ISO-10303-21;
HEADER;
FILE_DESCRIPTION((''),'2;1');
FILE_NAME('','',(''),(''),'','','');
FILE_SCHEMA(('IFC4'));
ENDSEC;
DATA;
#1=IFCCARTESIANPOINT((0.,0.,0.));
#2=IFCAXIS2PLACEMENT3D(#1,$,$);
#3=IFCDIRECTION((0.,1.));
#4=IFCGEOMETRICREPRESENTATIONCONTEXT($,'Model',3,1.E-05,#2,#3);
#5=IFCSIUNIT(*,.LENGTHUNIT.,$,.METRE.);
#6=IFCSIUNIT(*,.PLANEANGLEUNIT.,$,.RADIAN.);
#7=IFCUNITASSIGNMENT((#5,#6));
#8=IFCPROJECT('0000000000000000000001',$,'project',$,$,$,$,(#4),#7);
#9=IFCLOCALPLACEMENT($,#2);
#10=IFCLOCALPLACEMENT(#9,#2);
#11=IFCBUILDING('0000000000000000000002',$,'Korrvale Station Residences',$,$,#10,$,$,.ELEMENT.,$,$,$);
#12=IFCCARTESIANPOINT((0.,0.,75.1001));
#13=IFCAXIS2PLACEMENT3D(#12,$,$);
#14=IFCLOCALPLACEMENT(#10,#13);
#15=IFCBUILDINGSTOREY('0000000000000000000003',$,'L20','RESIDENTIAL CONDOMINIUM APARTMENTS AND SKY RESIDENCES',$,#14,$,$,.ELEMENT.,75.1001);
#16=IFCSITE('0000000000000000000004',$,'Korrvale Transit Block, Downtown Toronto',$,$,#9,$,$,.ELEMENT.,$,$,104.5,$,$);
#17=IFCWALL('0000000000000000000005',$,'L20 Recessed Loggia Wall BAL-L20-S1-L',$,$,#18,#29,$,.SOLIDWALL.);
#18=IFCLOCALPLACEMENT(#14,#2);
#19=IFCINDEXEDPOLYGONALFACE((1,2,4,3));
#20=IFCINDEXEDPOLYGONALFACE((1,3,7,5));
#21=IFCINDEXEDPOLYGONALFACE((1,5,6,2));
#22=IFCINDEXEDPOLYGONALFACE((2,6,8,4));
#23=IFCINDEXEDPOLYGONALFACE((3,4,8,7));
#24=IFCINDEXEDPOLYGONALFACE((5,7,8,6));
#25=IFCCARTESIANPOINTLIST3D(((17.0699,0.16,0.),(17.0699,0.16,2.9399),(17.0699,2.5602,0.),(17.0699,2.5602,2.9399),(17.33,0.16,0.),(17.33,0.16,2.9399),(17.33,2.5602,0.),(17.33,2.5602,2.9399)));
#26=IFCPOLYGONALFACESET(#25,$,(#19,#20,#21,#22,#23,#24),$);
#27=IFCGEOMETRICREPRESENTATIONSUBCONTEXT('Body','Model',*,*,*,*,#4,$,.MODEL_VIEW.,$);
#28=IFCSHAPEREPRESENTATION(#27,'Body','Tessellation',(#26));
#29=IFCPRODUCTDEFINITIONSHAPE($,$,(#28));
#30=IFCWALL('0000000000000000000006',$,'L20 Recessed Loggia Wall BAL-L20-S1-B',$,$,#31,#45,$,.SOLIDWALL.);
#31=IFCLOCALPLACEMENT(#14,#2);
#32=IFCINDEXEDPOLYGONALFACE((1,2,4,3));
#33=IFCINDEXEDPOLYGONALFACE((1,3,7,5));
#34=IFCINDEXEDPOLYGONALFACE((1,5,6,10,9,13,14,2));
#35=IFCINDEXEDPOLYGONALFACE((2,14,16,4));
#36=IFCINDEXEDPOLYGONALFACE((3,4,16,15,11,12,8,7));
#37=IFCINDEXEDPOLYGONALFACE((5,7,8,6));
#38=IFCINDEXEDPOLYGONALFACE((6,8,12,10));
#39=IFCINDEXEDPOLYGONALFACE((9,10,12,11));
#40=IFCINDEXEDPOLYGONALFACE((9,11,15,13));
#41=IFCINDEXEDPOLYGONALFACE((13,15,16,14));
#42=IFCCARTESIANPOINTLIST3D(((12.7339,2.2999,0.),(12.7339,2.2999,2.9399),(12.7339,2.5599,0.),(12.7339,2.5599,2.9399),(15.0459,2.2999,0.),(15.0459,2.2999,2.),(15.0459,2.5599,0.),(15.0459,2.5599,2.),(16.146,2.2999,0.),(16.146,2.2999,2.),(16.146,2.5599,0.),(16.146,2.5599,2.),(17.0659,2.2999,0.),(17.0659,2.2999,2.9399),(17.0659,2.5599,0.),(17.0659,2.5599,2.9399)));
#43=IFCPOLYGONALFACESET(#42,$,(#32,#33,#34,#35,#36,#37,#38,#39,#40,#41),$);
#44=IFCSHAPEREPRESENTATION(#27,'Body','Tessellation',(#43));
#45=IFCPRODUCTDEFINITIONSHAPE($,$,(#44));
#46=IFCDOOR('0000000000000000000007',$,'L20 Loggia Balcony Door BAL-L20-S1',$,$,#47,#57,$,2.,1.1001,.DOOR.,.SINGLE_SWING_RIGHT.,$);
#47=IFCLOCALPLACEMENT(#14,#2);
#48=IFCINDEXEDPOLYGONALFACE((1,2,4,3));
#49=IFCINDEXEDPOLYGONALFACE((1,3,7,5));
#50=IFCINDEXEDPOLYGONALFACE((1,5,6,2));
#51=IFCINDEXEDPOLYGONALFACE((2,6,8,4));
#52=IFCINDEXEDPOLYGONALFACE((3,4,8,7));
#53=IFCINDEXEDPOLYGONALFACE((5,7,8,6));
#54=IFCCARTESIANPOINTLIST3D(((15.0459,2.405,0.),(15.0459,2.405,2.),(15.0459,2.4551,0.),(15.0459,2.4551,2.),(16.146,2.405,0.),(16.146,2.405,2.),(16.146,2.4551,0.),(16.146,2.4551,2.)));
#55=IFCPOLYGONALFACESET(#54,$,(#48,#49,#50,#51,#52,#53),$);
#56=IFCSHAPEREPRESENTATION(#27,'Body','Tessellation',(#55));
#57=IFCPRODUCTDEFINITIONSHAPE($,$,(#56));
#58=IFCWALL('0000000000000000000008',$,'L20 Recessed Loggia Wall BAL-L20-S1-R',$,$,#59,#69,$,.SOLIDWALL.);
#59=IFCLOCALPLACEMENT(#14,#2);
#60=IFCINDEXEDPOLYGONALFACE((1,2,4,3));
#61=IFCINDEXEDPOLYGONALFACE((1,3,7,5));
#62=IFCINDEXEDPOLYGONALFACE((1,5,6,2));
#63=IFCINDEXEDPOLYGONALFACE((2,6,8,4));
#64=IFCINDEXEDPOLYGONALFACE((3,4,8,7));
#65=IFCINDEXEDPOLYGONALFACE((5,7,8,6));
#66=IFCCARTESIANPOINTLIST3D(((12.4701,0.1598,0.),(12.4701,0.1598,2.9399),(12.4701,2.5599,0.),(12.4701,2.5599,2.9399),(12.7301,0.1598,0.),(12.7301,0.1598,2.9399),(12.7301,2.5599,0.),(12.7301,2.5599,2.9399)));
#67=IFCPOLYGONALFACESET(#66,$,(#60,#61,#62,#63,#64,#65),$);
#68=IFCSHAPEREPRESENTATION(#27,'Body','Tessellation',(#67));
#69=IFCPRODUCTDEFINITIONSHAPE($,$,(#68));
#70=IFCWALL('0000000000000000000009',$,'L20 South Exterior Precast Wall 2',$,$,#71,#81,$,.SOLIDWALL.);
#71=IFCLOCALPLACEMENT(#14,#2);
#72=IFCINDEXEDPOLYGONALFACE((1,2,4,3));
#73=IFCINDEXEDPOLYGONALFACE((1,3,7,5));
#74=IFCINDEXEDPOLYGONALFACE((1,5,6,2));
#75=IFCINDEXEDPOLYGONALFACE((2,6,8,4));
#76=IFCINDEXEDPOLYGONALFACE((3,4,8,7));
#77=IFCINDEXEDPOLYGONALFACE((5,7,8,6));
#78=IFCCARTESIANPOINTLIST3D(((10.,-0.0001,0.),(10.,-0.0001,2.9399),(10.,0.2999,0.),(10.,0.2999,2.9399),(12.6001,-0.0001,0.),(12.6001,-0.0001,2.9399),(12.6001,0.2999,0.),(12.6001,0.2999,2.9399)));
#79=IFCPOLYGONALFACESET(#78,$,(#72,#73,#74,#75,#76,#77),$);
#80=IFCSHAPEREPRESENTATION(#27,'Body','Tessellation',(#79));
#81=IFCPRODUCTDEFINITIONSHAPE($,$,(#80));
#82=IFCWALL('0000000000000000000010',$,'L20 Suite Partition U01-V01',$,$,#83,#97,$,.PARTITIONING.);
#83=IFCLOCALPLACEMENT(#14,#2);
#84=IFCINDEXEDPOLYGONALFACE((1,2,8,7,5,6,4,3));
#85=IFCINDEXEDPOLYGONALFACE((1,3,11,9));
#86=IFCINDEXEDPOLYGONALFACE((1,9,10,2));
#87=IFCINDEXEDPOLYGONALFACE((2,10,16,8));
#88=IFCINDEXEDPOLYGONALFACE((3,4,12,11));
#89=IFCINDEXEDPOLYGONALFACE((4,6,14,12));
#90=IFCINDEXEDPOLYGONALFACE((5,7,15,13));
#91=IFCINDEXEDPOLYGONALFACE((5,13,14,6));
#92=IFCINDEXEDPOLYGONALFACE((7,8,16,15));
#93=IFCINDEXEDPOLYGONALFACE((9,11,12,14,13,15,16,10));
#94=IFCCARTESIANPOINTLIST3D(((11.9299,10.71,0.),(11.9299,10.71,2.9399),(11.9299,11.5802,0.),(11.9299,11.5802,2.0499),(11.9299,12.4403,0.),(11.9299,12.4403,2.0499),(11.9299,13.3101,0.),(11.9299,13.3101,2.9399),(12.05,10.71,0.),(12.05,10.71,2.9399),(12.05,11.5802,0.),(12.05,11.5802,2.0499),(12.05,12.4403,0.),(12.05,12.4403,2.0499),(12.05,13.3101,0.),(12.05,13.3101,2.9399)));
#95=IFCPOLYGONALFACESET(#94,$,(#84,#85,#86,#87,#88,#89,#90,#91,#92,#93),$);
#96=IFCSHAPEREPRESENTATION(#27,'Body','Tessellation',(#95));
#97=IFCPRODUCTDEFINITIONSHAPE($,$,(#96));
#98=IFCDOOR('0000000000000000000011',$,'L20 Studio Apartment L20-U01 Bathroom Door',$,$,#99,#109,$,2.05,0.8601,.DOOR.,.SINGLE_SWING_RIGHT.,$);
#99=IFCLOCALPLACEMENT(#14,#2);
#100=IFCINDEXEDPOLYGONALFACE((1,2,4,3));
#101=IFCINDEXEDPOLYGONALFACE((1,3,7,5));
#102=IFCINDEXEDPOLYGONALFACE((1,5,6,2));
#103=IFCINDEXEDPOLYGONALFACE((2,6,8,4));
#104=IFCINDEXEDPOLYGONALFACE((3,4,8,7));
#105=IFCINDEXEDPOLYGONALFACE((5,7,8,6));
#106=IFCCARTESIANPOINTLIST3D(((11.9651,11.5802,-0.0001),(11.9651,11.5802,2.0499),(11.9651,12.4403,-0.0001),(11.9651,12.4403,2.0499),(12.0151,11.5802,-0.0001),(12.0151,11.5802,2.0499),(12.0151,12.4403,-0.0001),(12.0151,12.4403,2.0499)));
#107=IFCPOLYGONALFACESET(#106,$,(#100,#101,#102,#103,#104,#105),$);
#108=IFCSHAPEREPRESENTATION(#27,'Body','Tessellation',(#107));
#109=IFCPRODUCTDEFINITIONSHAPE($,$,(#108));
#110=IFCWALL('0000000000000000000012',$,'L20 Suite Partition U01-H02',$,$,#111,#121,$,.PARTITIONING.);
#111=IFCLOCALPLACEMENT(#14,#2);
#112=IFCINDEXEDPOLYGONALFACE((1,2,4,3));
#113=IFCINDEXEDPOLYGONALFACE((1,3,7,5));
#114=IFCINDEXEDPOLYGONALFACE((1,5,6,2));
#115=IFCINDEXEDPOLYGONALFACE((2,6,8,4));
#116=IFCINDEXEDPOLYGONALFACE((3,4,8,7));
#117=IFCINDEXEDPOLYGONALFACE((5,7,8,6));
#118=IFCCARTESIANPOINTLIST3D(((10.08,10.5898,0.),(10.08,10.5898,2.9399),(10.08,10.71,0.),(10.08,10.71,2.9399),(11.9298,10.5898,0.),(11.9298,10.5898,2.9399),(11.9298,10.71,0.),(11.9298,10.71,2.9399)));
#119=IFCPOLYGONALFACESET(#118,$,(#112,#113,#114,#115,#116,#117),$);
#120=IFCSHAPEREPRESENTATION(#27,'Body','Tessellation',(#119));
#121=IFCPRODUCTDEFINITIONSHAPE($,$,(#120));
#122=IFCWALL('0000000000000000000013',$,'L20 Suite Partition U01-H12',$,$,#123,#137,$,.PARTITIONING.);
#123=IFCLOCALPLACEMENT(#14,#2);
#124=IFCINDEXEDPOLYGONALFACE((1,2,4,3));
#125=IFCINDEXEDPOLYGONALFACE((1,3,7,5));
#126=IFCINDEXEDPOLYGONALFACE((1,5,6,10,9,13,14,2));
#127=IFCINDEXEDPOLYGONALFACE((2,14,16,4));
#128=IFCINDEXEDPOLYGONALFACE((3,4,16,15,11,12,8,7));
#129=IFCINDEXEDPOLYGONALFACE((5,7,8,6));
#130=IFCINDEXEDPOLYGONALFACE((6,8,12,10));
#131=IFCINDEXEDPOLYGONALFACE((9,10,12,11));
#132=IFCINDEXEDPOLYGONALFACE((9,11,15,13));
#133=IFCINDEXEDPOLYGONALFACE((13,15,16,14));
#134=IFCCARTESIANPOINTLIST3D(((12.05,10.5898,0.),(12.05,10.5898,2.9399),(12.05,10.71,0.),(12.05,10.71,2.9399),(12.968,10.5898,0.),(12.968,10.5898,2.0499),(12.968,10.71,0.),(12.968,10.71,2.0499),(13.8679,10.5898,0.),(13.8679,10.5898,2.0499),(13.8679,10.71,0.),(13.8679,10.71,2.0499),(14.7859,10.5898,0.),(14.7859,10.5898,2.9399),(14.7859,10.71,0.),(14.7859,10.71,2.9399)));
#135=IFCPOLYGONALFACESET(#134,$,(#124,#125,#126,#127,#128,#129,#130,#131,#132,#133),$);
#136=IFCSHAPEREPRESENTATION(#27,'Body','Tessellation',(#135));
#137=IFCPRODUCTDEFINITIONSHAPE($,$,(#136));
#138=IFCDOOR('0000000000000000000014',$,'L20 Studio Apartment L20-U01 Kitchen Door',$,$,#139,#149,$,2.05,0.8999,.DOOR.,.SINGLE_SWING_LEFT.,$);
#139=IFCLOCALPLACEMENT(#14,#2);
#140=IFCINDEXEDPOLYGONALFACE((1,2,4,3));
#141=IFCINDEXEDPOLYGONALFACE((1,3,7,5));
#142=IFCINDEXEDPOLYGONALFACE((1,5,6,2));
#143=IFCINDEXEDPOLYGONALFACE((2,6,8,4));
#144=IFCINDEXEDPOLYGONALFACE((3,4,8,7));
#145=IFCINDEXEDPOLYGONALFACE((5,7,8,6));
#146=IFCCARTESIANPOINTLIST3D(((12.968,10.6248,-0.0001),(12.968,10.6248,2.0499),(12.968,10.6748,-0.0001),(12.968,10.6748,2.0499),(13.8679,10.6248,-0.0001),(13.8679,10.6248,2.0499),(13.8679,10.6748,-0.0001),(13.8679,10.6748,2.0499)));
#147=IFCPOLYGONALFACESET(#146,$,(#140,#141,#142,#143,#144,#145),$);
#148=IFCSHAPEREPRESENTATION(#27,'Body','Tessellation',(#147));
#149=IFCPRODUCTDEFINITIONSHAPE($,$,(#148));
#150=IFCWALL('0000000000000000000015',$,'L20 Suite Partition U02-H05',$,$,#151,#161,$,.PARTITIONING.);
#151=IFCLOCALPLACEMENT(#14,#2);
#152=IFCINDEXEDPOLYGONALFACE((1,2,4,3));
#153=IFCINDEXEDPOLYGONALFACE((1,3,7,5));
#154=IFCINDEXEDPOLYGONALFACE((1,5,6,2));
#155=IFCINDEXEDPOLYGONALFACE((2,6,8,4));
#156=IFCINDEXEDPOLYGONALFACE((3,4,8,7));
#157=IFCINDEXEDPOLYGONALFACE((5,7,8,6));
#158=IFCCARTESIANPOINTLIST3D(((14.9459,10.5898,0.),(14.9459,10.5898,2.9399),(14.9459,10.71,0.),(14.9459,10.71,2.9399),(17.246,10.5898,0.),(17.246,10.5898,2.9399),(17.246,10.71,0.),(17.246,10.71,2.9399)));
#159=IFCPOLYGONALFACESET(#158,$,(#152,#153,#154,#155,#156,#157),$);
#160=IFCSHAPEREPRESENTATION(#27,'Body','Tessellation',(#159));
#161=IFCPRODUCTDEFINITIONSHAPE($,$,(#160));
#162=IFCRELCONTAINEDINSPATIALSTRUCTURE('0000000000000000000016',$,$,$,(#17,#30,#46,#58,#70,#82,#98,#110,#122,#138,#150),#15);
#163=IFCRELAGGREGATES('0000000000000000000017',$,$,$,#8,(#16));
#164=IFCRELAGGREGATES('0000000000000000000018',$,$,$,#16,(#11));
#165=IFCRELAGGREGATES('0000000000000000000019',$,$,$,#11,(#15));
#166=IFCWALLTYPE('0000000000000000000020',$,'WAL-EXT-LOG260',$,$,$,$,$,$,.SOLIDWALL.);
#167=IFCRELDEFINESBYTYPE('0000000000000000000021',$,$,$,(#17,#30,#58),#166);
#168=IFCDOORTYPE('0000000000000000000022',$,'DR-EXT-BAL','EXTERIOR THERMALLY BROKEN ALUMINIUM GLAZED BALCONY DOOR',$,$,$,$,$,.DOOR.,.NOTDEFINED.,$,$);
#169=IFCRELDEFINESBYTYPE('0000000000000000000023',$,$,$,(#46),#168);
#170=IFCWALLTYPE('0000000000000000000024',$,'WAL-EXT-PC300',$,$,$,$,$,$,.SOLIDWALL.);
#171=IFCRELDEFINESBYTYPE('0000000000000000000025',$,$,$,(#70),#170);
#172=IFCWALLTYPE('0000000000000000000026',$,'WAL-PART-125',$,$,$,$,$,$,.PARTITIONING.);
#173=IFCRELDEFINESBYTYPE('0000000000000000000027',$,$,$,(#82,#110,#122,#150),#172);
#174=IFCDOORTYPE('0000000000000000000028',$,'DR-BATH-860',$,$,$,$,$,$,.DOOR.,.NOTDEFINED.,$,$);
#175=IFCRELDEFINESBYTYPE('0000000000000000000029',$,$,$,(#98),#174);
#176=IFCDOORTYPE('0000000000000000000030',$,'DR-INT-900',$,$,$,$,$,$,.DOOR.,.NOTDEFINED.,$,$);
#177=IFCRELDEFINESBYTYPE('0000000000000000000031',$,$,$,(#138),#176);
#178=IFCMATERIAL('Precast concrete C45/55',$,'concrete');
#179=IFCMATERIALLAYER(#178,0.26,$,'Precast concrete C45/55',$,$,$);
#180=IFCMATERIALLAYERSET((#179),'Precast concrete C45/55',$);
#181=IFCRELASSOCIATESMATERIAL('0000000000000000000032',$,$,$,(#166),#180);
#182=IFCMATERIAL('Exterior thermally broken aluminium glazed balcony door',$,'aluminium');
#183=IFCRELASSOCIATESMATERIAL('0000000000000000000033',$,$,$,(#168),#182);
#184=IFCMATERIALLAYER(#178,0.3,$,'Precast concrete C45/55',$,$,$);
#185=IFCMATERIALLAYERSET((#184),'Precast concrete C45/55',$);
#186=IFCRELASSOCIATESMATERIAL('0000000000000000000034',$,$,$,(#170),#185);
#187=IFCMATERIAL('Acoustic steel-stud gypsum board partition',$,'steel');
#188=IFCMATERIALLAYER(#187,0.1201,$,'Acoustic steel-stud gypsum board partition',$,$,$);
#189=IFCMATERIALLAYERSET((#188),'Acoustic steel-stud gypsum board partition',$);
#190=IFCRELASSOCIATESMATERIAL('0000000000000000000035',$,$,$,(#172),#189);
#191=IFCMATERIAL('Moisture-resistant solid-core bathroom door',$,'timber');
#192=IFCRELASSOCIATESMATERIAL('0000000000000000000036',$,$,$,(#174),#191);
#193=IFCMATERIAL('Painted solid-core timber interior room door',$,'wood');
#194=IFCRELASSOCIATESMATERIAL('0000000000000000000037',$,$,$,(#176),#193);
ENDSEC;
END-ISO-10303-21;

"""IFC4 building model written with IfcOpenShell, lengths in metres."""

from ifc_helpers import new_model, si_unit, direction, frame, frame_2d, origin, place, context, subcontext, project, spatial, rectangle, extrude, material, layer, layer_set, type_object, element, fill, save


model = new_model("IFC4")

# Units and contexts
model_context = context("Model", 3, precision=1e-05, world=origin(), true_north=direction((0.0, 1.0)))
body_context = subcontext(model_context, "Body", "Model", "MODEL_VIEW")
ifc_project = project(units=[si_unit("LENGTHUNIT", "METRE"), si_unit("PLANEANGLEUNIT", "RADIAN")], contexts=[model_context])

# Site, building, storey
site_placement = place(None, origin())
site = spatial("IfcSite", under=ifc_project, at=site_placement, Name="Korrvale Transit Block, Downtown Toronto", CompositionType="ELEMENT", RefElevation=104.5)
building_placement = place(site_placement, origin())
building = spatial("IfcBuilding", under=site, at=building_placement, Name="Korrvale Station Residences", CompositionType="ELEMENT")
storey_placement = place(building_placement, frame((0.0, 0.0, 75.1001)))
storey = spatial("IfcBuildingStorey", under=building, at=storey_placement, Name="L20", Description="RESIDENTIAL CONDOMINIUM APARTMENTS AND SKY RESIDENCES", CompositionType="ELEMENT", Elevation=75.1001)

# Wall
ifc_material_1 = material(Name="Precast concrete C45/55", Category="concrete")
ifc_layer_1 = layer(ifc_material_1, 0.26, Name="Precast concrete C45/55")
ifc_layer_set_1 = layer_set([ifc_layer_1], Name="Precast concrete C45/55")
wall_type_1 = type_object("IfcWallType", Name="WAL-EXT-LOG260", PredefinedType="SOLIDWALL", material=ifc_layer_set_1)
wall_1_placement = place(storey_placement, frame((17.2, 0.1599, 0.0), z_axis=(0.0, 0.0, 1.0), x_axis=(0.0, 1.0, 0.0)))
element("IfcWall", 1, at=wall_1_placement, inside=storey, type_object=wall_type_1, Name="L20 Recessed Loggia Wall BAL-L20-S1-L", PredefinedType="SOLIDWALL", context=body_context, shape_type="SweptSolid", body=[
    extrude(rectangle(XDim=2.4001, YDim=0.26, at=frame_2d((1.2002, 0.0))), origin(), (0.0, 0.0, 1.0), 2.9399),
])

# Wall, opening, door
wall_2_placement = place(storey_placement, frame((17.0659, 2.4299, 0.0), z_axis=(0.0, 0.0, 1.0), x_axis=(-1.0, 0.0, 0.0)))
wall_2 = element("IfcWall", 2, at=wall_2_placement, inside=storey, type_object=wall_type_1, Name="L20 Recessed Loggia Wall BAL-L20-S1-B", PredefinedType="SOLIDWALL", context=body_context, shape_type="SweptSolid", body=[
    extrude(rectangle(XDim=4.332, YDim=0.26, at=frame_2d((2.166, 0.0))), origin(), (0.0, 0.0, 1.0), 2.9399),
])
opening_1_placement = place(wall_2_placement, frame((0.9199, 0.0, 0.0)))
opening_1 = element("IfcOpeningElement", 3, at=opening_1_placement, cuts=wall_2, PredefinedType="OPENING", context=body_context, shape_type="SweptSolid", body=[
    extrude(rectangle(XDim=1.1001, YDim=2.0, at=frame_2d((0.55, 1.0))), frame((0.0, 0.1401, 0.0), z_axis=(0.0, -1.0, 0.0), x_axis=(1.0, 0.0, 0.0)), (0.0, 0.0, 1.0), 0.28),
])
ifc_material_2 = material(Name="Exterior thermally broken aluminium glazed balcony door", Category="aluminium")
door_type_1 = type_object("IfcDoorType", Name="DR-EXT-BAL", Description="EXTERIOR THERMALLY BROKEN ALUMINIUM GLAZED BALCONY DOOR", OperationType="NOTDEFINED", PredefinedType="DOOR", material=ifc_material_2)
door_1_placement = place(opening_1_placement, origin())
door_1 = element("IfcDoor", 4, at=door_1_placement, inside=storey, type_object=door_type_1, Name="L20 Loggia Balcony Door BAL-L20-S1", OperationType="SINGLE_SWING_RIGHT", OverallHeight=2.0, OverallWidth=1.1001, PredefinedType="DOOR", context=body_context, shape_type="SweptSolid", body=[
    extrude(rectangle(XDim=1.1001, YDim=2.0, at=frame_2d((0.55, 1.0))), frame((0.0, 0.0249, 0.0), z_axis=(0.0, -1.0, 0.0), x_axis=(1.0, 0.0, 0.0)), (0.0, 0.0, 1.0), 0.05),
])
fill(opening_1, door_1)

# Walls
wall_3_placement = place(storey_placement, frame((12.6001, 2.5601, 0.0), z_axis=(0.0, 0.0, 1.0), x_axis=(0.0, -1.0, 0.0)))
element("IfcWall", 5, at=wall_3_placement, inside=storey, type_object=wall_type_1, Name="L20 Recessed Loggia Wall BAL-L20-S1-R", PredefinedType="SOLIDWALL", context=body_context, shape_type="SweptSolid", body=[
    extrude(rectangle(XDim=2.4001, YDim=0.26, at=frame_2d((1.2002, 0.0))), origin(), (0.0, 0.0, 1.0), 2.9399),
])
ifc_layer_2 = layer(ifc_material_1, 0.3, Name="Precast concrete C45/55")
ifc_layer_set_2 = layer_set([ifc_layer_2], Name="Precast concrete C45/55")
wall_type_2 = type_object("IfcWallType", Name="WAL-EXT-PC300", PredefinedType="SOLIDWALL", material=ifc_layer_set_2)
wall_4_placement = place(storey_placement, frame((12.6001, 0.1499, 0.0), z_axis=(0.0, 0.0, 1.0), x_axis=(-1.0, 0.0, 0.0)))
element("IfcWall", 6, at=wall_4_placement, inside=storey, type_object=wall_type_2, Name="L20 South Exterior Precast Wall 2", PredefinedType="SOLIDWALL", context=body_context, shape_type="SweptSolid", body=[
    extrude(rectangle(XDim=2.6001, YDim=0.3, at=frame_2d((1.3, 0.0))), origin(), (0.0, 0.0, 1.0), 2.9399),
])

# Wall, opening, door
ifc_material_3 = material(Name="Acoustic steel-stud gypsum board partition", Category="steel")
ifc_layer_3 = layer(ifc_material_3, 0.1201, Name="Acoustic steel-stud gypsum board partition")
ifc_layer_set_3 = layer_set([ifc_layer_3], Name="Acoustic steel-stud gypsum board partition")
wall_type_3 = type_object("IfcWallType", Name="WAL-PART-125", PredefinedType="PARTITIONING", material=ifc_layer_set_3)
wall_5_placement = place(storey_placement, frame((11.99, 10.71, 0.0), z_axis=(0.0, 0.0, 1.0), x_axis=(0.0, 1.0, 0.0)))
wall_5 = element("IfcWall", 7, at=wall_5_placement, inside=storey, type_object=wall_type_3, Name="L20 Suite Partition U01-V01", PredefinedType="PARTITIONING", context=body_context, shape_type="SweptSolid", body=[
    extrude(rectangle(XDim=2.6001, YDim=0.1201, at=frame_2d((1.3, 0.0))), origin(), (0.0, 0.0, 1.0), 2.9399),
])
opening_2_placement = place(wall_5_placement, frame((0.8701, 0.0, 0.0)))
opening_2 = element("IfcOpeningElement", 8, at=opening_2_placement, cuts=wall_5, PredefinedType="OPENING", context=body_context, shape_type="SweptSolid", body=[
    extrude(rectangle(XDim=0.8601, YDim=2.05, at=frame_2d((0.4302, 1.0249))), frame((0.0, 0.0701, 0.0), z_axis=(0.0, -1.0, 0.0), x_axis=(1.0, 0.0, 0.0)), (0.0, 0.0, 1.0), 0.1401),
])
ifc_material_4 = material(Name="Moisture-resistant solid-core bathroom door", Category="timber")
door_type_2 = type_object("IfcDoorType", Name="DR-BATH-860", OperationType="NOTDEFINED", PredefinedType="DOOR", material=ifc_material_4)
door_2_placement = place(opening_2_placement, origin())
door_2 = element("IfcDoor", 9, at=door_2_placement, inside=storey, type_object=door_type_2, Name="L20 Studio Apartment L20-U01 Bathroom Door", OperationType="SINGLE_SWING_RIGHT", OverallHeight=2.05, OverallWidth=0.8601, PredefinedType="DOOR", context=body_context, shape_type="SweptSolid", body=[
    extrude(rectangle(XDim=0.8601, YDim=2.05, at=frame_2d((0.4302, 1.0249))), frame((0.0, 0.0249, 0.0), z_axis=(0.0, -1.0, 0.0), x_axis=(1.0, 0.0, 0.0)), (0.0, 0.0, 1.0), 0.05),
])
fill(opening_2, door_2)

# Wall
wall_6_placement = place(storey_placement, frame((10.0801, 10.6499, 0.0), z_axis=(0.0, 0.0, 1.0), x_axis=(1.0, 0.0, 0.0)))
element("IfcWall", 10, at=wall_6_placement, inside=storey, type_object=wall_type_3, Name="L20 Suite Partition U01-H02", PredefinedType="PARTITIONING", context=body_context, shape_type="SweptSolid", body=[
    extrude(rectangle(XDim=1.8499, YDim=0.1201, at=frame_2d((0.9248, 0.0))), origin(), (0.0, 0.0, 1.0), 2.9399),
])

# Wall, opening, door
wall_7_placement = place(storey_placement, frame((12.05, 10.6499, 0.0), z_axis=(0.0, 0.0, 1.0), x_axis=(1.0, 0.0, 0.0)))
wall_7 = element("IfcWall", 11, at=wall_7_placement, inside=storey, type_object=wall_type_3, Name="L20 Suite Partition U01-H12", PredefinedType="PARTITIONING", context=body_context, shape_type="SweptSolid", body=[
    extrude(rectangle(XDim=2.7358, YDim=0.1201, at=frame_2d((1.3679, 0.0))), origin(), (0.0, 0.0, 1.0), 2.9399),
])
opening_3_placement = place(wall_7_placement, frame((0.918, 0.0, 0.0)))
opening_3 = element("IfcOpeningElement", 12, at=opening_3_placement, cuts=wall_7, PredefinedType="OPENING", context=body_context, shape_type="SweptSolid", body=[
    extrude(rectangle(XDim=0.8999, YDim=2.05, at=frame_2d((0.45, 1.0249))), frame((0.0, 0.0701, 0.0), z_axis=(0.0, -1.0, 0.0), x_axis=(1.0, 0.0, 0.0)), (0.0, 0.0, 1.0), 0.1401),
])
ifc_material_5 = material(Name="Painted solid-core timber interior room door", Category="wood")
door_type_3 = type_object("IfcDoorType", Name="DR-INT-900", OperationType="NOTDEFINED", PredefinedType="DOOR", material=ifc_material_5)
door_3_placement = place(opening_3_placement, origin())
door_3 = element("IfcDoor", 13, at=door_3_placement, inside=storey, type_object=door_type_3, Name="L20 Studio Apartment L20-U01 Kitchen Door", OperationType="SINGLE_SWING_LEFT", OverallHeight=2.05, OverallWidth=0.8999, PredefinedType="DOOR", context=body_context, shape_type="SweptSolid", body=[
    extrude(rectangle(XDim=0.8999, YDim=2.05, at=frame_2d((0.45, 1.0249))), frame((0.0, 0.0249, 0.0), z_axis=(0.0, -1.0, 0.0), x_axis=(1.0, 0.0, 0.0)), (0.0, 0.0, 1.0), 0.05),
])
fill(opening_3, door_3)

# Wall
wall_8_placement = place(storey_placement, frame((14.946, 10.6499, 0.0), z_axis=(0.0, 0.0, 1.0), x_axis=(1.0, 0.0, 0.0)))
element("IfcWall", 14, at=wall_8_placement, inside=storey, type_object=wall_type_3, Name="L20 Suite Partition U02-H05", PredefinedType="PARTITIONING", context=body_context, shape_type="SweptSolid", body=[
    extrude(rectangle(XDim=2.3, YDim=0.1201, at=frame_2d((1.1499, 0.0))), origin(), (0.0, 0.0, 1.0), 2.9399),
])

save(model, "model.ifc")
